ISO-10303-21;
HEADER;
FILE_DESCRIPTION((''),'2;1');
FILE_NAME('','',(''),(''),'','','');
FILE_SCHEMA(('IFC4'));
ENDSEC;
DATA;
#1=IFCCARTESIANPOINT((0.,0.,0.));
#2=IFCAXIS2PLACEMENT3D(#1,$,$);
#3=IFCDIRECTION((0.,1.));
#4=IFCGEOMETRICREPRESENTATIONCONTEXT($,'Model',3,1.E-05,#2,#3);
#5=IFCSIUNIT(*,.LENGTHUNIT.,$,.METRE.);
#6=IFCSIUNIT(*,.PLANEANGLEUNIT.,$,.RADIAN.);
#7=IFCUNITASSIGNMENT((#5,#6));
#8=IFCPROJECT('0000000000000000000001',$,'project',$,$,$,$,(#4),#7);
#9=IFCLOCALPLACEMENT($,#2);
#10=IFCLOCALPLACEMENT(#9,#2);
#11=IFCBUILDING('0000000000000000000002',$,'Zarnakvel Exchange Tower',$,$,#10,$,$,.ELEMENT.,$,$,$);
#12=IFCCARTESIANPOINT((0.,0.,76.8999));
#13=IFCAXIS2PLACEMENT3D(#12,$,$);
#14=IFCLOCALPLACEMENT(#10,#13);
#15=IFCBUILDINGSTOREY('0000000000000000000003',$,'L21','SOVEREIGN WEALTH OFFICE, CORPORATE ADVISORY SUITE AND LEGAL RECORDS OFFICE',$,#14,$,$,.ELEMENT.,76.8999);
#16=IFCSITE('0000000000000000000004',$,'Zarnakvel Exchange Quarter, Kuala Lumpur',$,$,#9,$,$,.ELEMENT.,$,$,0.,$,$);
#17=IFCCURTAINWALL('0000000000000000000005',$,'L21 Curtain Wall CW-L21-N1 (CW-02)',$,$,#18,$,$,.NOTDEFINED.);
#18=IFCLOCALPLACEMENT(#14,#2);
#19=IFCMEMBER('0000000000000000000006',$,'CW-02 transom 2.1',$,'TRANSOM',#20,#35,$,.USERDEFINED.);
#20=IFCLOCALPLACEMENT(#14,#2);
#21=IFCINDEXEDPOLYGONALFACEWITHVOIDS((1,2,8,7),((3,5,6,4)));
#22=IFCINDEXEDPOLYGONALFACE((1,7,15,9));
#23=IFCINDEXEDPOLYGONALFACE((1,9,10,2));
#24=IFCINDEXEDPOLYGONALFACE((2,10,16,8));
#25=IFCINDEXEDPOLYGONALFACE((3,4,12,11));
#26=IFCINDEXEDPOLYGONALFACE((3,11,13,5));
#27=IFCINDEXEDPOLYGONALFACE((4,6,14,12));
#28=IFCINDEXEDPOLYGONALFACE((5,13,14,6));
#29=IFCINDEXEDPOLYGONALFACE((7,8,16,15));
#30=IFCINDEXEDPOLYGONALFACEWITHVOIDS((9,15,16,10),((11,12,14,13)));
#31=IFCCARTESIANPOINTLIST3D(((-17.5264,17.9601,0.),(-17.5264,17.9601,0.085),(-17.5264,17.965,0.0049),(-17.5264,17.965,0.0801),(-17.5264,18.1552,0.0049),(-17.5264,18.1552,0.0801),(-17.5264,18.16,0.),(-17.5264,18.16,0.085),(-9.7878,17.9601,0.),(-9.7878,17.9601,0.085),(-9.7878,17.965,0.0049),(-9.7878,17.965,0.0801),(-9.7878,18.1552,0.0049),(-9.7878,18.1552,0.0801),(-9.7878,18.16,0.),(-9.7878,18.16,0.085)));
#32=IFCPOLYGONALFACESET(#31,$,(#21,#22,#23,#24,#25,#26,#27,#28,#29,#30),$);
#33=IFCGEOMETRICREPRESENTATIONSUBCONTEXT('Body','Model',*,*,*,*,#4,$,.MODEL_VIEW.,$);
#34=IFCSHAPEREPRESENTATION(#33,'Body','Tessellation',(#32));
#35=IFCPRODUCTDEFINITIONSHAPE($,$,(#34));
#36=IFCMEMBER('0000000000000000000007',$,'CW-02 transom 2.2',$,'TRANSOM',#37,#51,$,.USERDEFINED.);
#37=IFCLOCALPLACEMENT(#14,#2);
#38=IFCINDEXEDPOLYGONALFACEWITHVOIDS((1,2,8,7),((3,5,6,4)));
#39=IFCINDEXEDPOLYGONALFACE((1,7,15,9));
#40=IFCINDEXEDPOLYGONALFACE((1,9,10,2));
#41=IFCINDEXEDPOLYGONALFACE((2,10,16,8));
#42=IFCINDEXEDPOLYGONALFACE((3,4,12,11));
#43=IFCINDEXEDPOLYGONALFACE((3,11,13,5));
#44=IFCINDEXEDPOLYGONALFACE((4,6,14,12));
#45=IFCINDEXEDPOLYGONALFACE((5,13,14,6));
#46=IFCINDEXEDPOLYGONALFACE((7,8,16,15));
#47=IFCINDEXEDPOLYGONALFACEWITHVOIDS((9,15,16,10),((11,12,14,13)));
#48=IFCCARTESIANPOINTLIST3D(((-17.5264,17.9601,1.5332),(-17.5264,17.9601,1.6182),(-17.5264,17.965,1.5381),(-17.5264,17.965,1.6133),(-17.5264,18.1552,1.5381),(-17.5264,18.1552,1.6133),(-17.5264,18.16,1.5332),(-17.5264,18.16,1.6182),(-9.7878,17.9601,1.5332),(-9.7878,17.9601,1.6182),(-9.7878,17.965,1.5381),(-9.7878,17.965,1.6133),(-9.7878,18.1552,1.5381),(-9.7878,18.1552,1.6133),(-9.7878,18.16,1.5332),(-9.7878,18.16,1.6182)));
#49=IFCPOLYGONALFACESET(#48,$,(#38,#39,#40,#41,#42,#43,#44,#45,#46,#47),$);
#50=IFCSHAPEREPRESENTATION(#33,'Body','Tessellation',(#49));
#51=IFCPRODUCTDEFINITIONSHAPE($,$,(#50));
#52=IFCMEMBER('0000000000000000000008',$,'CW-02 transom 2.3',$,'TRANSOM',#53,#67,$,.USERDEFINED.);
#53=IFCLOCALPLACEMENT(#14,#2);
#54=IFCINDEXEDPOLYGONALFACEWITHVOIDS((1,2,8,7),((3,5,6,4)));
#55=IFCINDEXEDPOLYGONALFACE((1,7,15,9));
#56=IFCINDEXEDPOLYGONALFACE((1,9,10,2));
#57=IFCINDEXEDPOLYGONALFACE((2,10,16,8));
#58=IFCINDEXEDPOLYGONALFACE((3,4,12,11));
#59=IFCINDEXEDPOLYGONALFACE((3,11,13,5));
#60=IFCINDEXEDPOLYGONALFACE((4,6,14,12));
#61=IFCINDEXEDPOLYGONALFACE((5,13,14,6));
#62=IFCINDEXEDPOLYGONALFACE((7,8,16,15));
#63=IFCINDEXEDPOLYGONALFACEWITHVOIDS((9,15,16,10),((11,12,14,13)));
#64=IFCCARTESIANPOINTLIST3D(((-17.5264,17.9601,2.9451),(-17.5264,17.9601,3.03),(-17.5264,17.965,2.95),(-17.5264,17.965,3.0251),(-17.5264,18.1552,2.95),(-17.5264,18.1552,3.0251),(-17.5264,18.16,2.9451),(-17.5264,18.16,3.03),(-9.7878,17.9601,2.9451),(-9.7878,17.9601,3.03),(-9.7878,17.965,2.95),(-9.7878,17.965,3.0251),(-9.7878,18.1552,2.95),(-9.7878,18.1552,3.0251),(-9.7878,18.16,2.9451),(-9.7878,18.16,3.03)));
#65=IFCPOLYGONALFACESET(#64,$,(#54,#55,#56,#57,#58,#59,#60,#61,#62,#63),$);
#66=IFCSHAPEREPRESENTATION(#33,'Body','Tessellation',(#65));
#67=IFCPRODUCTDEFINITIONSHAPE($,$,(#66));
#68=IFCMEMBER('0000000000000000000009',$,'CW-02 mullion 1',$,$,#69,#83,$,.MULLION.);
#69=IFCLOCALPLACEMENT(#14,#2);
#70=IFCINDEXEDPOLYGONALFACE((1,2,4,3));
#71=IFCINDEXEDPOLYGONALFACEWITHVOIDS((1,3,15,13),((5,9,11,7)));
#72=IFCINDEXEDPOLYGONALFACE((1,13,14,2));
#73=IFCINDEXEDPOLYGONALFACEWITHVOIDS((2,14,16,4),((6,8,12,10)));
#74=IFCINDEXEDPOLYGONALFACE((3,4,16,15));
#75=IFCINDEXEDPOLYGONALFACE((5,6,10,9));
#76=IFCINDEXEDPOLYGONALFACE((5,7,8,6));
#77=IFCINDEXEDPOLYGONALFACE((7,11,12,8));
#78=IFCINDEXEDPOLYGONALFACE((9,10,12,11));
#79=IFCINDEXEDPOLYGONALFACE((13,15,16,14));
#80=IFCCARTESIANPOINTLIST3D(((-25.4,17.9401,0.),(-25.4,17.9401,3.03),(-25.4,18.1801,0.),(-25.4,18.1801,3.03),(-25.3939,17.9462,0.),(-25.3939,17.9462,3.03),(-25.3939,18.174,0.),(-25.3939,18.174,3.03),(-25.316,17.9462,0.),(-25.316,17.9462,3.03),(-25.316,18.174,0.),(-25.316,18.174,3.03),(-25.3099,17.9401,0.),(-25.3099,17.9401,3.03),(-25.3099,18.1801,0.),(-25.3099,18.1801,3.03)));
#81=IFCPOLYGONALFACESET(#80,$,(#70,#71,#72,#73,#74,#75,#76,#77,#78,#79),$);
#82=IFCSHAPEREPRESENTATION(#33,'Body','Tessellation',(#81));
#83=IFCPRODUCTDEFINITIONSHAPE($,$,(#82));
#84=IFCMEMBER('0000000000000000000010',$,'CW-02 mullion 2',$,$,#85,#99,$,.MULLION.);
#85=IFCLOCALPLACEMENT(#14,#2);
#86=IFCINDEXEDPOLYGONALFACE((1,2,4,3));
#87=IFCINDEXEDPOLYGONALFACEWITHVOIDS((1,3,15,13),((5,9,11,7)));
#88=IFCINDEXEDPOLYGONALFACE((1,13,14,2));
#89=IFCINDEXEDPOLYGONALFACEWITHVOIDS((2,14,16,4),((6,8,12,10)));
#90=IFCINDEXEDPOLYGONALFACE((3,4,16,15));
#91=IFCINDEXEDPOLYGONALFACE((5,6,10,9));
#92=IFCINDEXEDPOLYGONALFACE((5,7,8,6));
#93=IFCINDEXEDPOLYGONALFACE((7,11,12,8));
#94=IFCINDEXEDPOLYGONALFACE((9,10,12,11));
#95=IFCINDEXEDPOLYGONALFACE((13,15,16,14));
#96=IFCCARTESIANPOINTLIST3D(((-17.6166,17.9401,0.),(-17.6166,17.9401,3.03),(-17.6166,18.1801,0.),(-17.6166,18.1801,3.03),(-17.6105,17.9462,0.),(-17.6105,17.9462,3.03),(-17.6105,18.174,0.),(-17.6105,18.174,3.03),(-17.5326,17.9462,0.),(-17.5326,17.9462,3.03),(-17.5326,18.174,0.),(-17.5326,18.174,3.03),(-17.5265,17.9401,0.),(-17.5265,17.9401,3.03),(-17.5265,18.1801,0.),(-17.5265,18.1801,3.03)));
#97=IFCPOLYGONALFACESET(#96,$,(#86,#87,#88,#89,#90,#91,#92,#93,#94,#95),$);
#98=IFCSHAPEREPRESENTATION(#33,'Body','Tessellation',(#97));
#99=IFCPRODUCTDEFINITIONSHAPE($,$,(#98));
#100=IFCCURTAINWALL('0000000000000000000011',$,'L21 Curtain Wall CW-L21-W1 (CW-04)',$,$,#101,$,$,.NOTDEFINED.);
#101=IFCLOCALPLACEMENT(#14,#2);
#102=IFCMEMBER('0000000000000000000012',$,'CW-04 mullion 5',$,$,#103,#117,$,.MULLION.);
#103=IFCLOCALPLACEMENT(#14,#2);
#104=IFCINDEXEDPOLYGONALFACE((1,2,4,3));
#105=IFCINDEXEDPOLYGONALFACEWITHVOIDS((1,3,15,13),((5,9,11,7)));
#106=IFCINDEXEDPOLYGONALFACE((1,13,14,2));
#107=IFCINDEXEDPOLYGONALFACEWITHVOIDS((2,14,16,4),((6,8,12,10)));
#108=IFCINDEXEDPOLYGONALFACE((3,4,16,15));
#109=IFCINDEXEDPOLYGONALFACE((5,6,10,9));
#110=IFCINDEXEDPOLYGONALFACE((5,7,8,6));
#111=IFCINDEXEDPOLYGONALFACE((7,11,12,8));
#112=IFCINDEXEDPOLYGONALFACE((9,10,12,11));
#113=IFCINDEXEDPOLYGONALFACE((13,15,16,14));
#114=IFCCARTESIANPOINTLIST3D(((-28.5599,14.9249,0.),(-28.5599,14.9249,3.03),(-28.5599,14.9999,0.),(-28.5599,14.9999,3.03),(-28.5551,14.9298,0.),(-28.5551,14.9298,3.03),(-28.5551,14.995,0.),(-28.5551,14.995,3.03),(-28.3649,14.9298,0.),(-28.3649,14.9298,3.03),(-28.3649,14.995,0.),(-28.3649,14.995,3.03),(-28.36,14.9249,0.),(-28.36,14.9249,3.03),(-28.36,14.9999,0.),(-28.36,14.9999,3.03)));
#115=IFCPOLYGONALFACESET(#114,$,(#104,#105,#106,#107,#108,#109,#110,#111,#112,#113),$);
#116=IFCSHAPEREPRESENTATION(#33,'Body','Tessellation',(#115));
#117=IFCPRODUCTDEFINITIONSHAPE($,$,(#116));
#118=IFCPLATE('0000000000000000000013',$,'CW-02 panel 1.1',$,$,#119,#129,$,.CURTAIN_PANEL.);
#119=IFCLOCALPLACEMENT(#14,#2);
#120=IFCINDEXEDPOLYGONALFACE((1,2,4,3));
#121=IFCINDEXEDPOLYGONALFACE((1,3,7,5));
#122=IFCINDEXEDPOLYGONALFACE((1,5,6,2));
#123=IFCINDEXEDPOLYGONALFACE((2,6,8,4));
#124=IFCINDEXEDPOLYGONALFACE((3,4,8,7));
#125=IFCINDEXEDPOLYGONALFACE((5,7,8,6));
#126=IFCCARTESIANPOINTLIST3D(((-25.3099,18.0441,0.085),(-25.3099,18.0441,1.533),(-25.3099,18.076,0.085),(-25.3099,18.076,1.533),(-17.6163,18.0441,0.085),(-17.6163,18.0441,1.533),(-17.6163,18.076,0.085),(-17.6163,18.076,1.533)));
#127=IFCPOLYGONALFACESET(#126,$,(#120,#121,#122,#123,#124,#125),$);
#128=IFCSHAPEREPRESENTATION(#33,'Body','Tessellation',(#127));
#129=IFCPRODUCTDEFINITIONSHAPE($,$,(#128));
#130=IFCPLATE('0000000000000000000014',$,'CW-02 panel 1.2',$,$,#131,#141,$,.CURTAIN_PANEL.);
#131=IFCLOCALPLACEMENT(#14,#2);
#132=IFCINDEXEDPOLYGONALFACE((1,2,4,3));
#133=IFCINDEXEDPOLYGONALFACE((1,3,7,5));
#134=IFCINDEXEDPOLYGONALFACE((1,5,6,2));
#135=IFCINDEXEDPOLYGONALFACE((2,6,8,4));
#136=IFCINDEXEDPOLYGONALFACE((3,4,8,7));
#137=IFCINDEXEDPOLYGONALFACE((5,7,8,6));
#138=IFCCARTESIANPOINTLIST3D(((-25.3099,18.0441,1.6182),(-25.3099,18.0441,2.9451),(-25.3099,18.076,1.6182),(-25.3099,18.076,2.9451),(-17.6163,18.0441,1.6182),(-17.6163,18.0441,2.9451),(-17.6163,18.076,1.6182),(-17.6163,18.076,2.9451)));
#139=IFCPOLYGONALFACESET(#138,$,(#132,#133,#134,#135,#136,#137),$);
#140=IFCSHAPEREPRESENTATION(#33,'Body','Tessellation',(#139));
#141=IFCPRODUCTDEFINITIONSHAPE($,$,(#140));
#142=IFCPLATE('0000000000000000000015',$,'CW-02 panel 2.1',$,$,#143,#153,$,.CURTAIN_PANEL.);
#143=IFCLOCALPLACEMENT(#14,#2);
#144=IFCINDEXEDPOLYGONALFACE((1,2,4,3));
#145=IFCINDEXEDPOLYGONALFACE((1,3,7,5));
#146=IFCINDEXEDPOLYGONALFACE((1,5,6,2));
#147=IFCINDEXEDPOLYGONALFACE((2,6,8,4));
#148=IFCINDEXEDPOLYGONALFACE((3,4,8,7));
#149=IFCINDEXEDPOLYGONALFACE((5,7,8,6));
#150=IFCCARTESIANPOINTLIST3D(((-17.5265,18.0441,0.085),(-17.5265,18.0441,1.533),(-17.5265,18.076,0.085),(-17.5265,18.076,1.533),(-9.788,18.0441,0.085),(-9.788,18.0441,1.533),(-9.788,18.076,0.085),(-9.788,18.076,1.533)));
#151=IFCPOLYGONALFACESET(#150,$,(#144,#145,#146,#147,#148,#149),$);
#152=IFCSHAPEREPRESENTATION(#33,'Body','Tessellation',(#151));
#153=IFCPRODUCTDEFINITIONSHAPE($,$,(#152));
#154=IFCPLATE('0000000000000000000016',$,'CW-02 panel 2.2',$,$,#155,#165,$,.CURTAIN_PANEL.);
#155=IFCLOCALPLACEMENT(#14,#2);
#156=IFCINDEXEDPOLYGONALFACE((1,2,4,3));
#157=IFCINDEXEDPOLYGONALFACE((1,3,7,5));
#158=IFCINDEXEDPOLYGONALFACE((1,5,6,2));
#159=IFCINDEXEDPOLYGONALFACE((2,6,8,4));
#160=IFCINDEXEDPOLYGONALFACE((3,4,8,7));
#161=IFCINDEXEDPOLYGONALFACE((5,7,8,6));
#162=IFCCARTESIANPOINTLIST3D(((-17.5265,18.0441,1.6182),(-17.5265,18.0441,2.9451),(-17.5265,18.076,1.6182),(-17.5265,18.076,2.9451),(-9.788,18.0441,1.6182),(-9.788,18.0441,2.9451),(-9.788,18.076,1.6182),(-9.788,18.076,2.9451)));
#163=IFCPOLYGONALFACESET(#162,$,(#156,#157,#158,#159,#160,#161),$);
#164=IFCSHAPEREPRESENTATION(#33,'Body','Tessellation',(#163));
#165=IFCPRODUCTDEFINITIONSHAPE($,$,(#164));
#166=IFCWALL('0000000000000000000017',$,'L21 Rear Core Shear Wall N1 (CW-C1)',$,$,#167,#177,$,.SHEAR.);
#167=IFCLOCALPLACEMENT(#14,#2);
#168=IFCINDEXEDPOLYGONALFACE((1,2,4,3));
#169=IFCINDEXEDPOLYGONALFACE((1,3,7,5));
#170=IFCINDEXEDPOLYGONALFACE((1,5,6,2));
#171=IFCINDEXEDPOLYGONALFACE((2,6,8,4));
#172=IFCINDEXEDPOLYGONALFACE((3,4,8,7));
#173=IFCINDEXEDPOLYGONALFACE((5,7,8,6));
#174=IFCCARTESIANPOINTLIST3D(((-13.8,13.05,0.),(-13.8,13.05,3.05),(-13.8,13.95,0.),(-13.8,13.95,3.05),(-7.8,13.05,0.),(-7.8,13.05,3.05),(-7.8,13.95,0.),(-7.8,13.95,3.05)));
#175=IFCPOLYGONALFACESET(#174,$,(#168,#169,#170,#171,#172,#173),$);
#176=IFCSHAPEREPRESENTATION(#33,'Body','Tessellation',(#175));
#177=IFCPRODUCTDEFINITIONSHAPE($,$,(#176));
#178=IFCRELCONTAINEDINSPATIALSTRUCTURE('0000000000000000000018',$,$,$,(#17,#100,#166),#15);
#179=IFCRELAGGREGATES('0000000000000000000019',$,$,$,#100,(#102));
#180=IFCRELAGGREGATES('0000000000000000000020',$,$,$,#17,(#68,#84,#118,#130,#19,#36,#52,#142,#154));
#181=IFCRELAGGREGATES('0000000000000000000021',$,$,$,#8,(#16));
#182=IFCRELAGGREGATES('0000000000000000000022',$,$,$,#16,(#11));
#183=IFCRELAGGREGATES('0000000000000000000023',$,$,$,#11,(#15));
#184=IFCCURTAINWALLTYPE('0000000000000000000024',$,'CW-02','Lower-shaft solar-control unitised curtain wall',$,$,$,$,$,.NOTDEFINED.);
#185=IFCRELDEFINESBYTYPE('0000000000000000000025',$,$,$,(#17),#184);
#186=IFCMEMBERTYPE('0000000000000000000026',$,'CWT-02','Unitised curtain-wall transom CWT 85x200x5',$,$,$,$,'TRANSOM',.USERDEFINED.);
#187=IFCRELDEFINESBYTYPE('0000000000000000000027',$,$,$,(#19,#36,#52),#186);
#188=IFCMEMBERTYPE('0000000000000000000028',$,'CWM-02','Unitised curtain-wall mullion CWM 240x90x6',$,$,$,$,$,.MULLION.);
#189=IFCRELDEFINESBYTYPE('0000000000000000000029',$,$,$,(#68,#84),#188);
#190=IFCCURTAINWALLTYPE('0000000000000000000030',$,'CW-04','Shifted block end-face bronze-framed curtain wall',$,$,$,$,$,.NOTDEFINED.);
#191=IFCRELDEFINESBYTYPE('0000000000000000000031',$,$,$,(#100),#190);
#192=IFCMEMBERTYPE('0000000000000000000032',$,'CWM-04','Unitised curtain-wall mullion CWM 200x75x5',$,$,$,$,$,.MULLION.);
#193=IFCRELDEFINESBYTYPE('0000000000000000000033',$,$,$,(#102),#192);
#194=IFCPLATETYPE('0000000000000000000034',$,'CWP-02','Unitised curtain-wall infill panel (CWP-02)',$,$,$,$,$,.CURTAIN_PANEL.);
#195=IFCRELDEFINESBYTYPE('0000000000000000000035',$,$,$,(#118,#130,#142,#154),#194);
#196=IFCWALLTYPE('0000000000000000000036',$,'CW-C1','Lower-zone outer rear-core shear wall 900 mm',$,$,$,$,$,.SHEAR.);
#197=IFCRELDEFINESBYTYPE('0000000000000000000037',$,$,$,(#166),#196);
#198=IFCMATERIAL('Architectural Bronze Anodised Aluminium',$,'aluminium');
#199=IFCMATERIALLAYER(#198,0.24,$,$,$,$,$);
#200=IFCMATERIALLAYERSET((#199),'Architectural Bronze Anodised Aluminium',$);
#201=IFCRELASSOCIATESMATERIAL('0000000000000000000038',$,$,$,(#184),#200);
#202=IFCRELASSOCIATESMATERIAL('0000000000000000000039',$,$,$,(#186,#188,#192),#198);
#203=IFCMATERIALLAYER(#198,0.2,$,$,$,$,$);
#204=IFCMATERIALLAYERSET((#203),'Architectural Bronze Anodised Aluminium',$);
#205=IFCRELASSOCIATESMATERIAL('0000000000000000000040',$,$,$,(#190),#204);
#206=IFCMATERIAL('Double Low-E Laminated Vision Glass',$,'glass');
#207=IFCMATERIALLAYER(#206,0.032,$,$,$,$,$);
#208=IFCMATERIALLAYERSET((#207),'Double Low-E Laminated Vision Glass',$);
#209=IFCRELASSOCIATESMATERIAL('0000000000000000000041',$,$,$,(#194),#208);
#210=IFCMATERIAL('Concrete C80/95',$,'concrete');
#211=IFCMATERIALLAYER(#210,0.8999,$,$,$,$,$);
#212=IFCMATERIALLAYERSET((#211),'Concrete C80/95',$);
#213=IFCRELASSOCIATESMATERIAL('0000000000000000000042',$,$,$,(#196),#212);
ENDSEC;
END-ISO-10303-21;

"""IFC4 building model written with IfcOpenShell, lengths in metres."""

from ifc_helpers import new_model, si_unit, direction, frame, frame_2d, origin, origin_2d, place, context, subcontext, project, spatial, rectangle, hollow_rectangle, extrude, source, transform, mapped, material, layer, layer_set, material_profile, profile_set, type_object, element, aggregate, save


model = new_model("IFC4")

# Units and contexts
model_context = context("Model", 3, precision=1e-05, world=origin(), true_north=direction((0.0, 1.0)))
body_context = subcontext(model_context, "Body", "Model", "MODEL_VIEW")
ifc_project = project(units=[si_unit("LENGTHUNIT", "METRE"), si_unit("PLANEANGLEUNIT", "RADIAN")], contexts=[model_context])

# Site, building, storey
site_placement = place(None, origin())
site = spatial("IfcSite", under=ifc_project, at=site_placement, Name="Zarnakvel Exchange Quarter, Kuala Lumpur", CompositionType="ELEMENT", RefElevation=0.0)
building_placement = place(site_placement, origin())
building = spatial("IfcBuilding", under=site, at=building_placement, Name="Zarnakvel Exchange Tower", CompositionType="ELEMENT")
storey_placement = place(building_placement, frame((0.0, 0.0, 76.8999)))
storey = spatial("IfcBuildingStorey", under=building, at=storey_placement, Name="L21", Description="SOVEREIGN WEALTH OFFICE, CORPORATE ADVISORY SUITE AND LEGAL RECORDS OFFICE", CompositionType="ELEMENT", Elevation=76.8999)

# Curtain wall, members
ifc_material_1 = material(Name="Architectural Bronze Anodised Aluminium", Category="aluminium")
ifc_layer_1 = layer(ifc_material_1, 0.24)
ifc_layer_set_1 = layer_set([ifc_layer_1], Name="Architectural Bronze Anodised Aluminium")
curtain_wall_type_1 = type_object("IfcCurtainWallType", Name="CW-02", Description="Lower-shaft solar-control unitised curtain wall", PredefinedType="NOTDEFINED", material=ifc_layer_set_1)
curtain_wall_1_placement = place(storey_placement, origin())
curtain_wall_1 = element("IfcCurtainWall", 1, at=curtain_wall_1_placement, inside=storey, type_object=curtain_wall_type_1, Name="L21 Curtain Wall CW-L21-N1 (CW-02)", PredefinedType="NOTDEFINED")
ifc_material_profile_1 = material_profile(ifc_material_1, hollow_rectangle(XDim=0.2, YDim=0.085, WallThickness=0.0049, at=origin_2d()))
ifc_profile_set_1 = profile_set([ifc_material_profile_1], Name="Architectural Bronze Anodised Aluminium")
member_type_1 = type_object("IfcMemberType", Name="CWT-02", Description="Unitised curtain-wall transom CWT 85x200x5", ElementType="TRANSOM", PredefinedType="USERDEFINED", material=ifc_profile_set_1)
shared_shape_1 = source(origin(), body_context, "Body", "SweptSolid", [
    extrude(hollow_rectangle(XDim=0.2, YDim=0.085, WallThickness=0.0049, at=origin_2d()), origin(), (0.0, 0.0, 1.0), 7.7385),
])
member_1_placement = place(storey_placement, frame((-17.5264, 18.0601, 0.0425), z_axis=(1.0, 0.0, 0.0), x_axis=(0.0, 1.0, 0.0)))
member_1 = element("IfcMember", 2, at=member_1_placement, type_object=member_type_1, Name="CW-02 transom 2.1", ObjectType="TRANSOM", PredefinedType="USERDEFINED", context=body_context, shape_type="MappedRepresentation", body=[
    mapped(shared_shape_1, transform((0.0, 0.0, 0.0), x_axis=(1.0, 0.0, 0.0), y_axis=(0.0, 1.0, 0.0), z_axis=(0.0, 0.0, 1.0), scale=1.0)),
])
member_2_placement = place(storey_placement, frame((-17.5264, 18.0601, 1.5757), z_axis=(1.0, 0.0, 0.0), x_axis=(0.0, 1.0, 0.0)))
member_2 = element("IfcMember", 3, at=member_2_placement, type_object=member_type_1, Name="CW-02 transom 2.2", ObjectType="TRANSOM", PredefinedType="USERDEFINED", context=body_context, shape_type="MappedRepresentation", body=[
    mapped(shared_shape_1, transform((0.0, 0.0, 0.0), x_axis=(1.0, 0.0, 0.0), y_axis=(0.0, 1.0, 0.0), z_axis=(0.0, 0.0, 1.0), scale=1.0)),
])
member_3_placement = place(storey_placement, frame((-17.5264, 18.0601, 2.9875), z_axis=(1.0, 0.0, 0.0), x_axis=(0.0, 1.0, 0.0)))
member_3 = element("IfcMember", 4, at=member_3_placement, type_object=member_type_1, Name="CW-02 transom 2.3", ObjectType="TRANSOM", PredefinedType="USERDEFINED", context=body_context, shape_type="MappedRepresentation", body=[
    mapped(shared_shape_1, transform((0.0, 0.0, 0.0), x_axis=(1.0, 0.0, 0.0), y_axis=(0.0, 1.0, 0.0), z_axis=(0.0, 0.0, 1.0), scale=1.0)),
])
ifc_material_profile_2 = material_profile(ifc_material_1, hollow_rectangle(XDim=0.24, YDim=0.0901, WallThickness=0.0061, at=origin_2d()))
ifc_profile_set_2 = profile_set([ifc_material_profile_2], Name="Architectural Bronze Anodised Aluminium")
member_type_2 = type_object("IfcMemberType", Name="CWM-02", Description="Unitised curtain-wall mullion CWM 240x90x6", PredefinedType="MULLION", material=ifc_profile_set_2)
shared_shape_2 = source(origin(), body_context, "Body", "SweptSolid", [
    extrude(hollow_rectangle(XDim=0.24, YDim=0.0901, WallThickness=0.0061, at=origin_2d()), origin(), (0.0, 0.0, 1.0), 3.03),
])
member_4_placement = place(storey_placement, frame((-25.355, 18.0601, 0.0), z_axis=(0.0, 0.0, 1.0), x_axis=(0.0, 1.0, 0.0)))
member_4 = element("IfcMember", 5, at=member_4_placement, type_object=member_type_2, Name="CW-02 mullion 1", PredefinedType="MULLION", context=body_context, shape_type="MappedRepresentation", body=[
    mapped(shared_shape_2, transform((0.0, 0.0, 0.0), x_axis=(1.0, 0.0, 0.0), y_axis=(0.0, 1.0, 0.0), z_axis=(0.0, 0.0, 1.0), scale=1.0)),
])
member_5_placement = place(storey_placement, frame((-17.5715, 18.0601, 0.0), z_axis=(0.0, 0.0, 1.0), x_axis=(0.0, 1.0, 0.0)))
member_5 = element("IfcMember", 6, at=member_5_placement, type_object=member_type_2, Name="CW-02 mullion 2", PredefinedType="MULLION", context=body_context, shape_type="MappedRepresentation", body=[
    mapped(shared_shape_2, transform((0.0, 0.0, 0.0), x_axis=(1.0, 0.0, 0.0), y_axis=(0.0, 1.0, 0.0), z_axis=(0.0, 0.0, 1.0), scale=1.0)),
])

# Curtain wall, member
ifc_layer_2 = layer(ifc_material_1, 0.2)
ifc_layer_set_2 = layer_set([ifc_layer_2], Name="Architectural Bronze Anodised Aluminium")
curtain_wall_type_2 = type_object("IfcCurtainWallType", Name="CW-04", Description="Shifted block end-face bronze-framed curtain wall", PredefinedType="NOTDEFINED", material=ifc_layer_set_2)
curtain_wall_2_placement = place(storey_placement, origin())
curtain_wall_2 = element("IfcCurtainWall", 7, at=curtain_wall_2_placement, inside=storey, type_object=curtain_wall_type_2, Name="L21 Curtain Wall CW-L21-W1 (CW-04)", PredefinedType="NOTDEFINED")
ifc_material_profile_3 = material_profile(ifc_material_1, hollow_rectangle(XDim=0.2, YDim=0.075, WallThickness=0.0049, at=origin_2d()))
ifc_profile_set_3 = profile_set([ifc_material_profile_3], Name="Architectural Bronze Anodised Aluminium")
member_type_3 = type_object("IfcMemberType", Name="CWM-04", Description="Unitised curtain-wall mullion CWM 200x75x5", PredefinedType="MULLION", material=ifc_profile_set_3)
shared_shape_3 = source(origin(), body_context, "Body", "SweptSolid", [
    extrude(hollow_rectangle(XDim=0.2, YDim=0.075, WallThickness=0.0049, at=origin_2d()), origin(), (0.0, 0.0, 1.0), 3.03),
])
member_6_placement = place(storey_placement, frame((-28.46, 14.9624, 0.0), z_axis=(0.0, 0.0, 1.0), x_axis=(-1.0, 0.0, 0.0)))
member_6 = element("IfcMember", 8, at=member_6_placement, type_object=member_type_3, Name="CW-04 mullion 5", PredefinedType="MULLION", context=body_context, shape_type="MappedRepresentation", body=[
    mapped(shared_shape_3, transform((0.0, 0.0, 0.0), x_axis=(1.0, 0.0, 0.0), y_axis=(0.0, 1.0, 0.0), z_axis=(0.0, 0.0, 1.0), scale=1.0)),
])
aggregate(curtain_wall_2, [member_6])

# Plates
ifc_material_2 = material(Name="Double Low-E Laminated Vision Glass", Category="glass")
ifc_layer_3 = layer(ifc_material_2, 0.032)
ifc_layer_set_3 = layer_set([ifc_layer_3], Name="Double Low-E Laminated Vision Glass")
plate_type = type_object("IfcPlateType", Name="CWP-02", Description="Unitised curtain-wall infill panel (CWP-02)", PredefinedType="CURTAIN_PANEL", material=ifc_layer_set_3)
shared_shape_4 = source(origin(), body_context, "Body", "SweptSolid", [
    extrude(rectangle(XDim=7.6936, YDim=0.032, at=origin_2d()), origin(), (0.0, 0.0, 1.0), 1.448),
])
plate_1_placement = place(storey_placement, frame((-21.4631, 18.0601, 0.085), z_axis=(0.0, 0.0, 1.0), x_axis=(1.0, 0.0, 0.0)))
plate_1 = element("IfcPlate", 9, at=plate_1_placement, type_object=plate_type, Name="CW-02 panel 1.1", PredefinedType="CURTAIN_PANEL", context=body_context, shape_type="MappedRepresentation", body=[
    mapped(shared_shape_4, transform((0.0, 0.0, 0.0), x_axis=(1.0, 0.0, 0.0), y_axis=(0.0, 1.0, 0.0), z_axis=(0.0, 0.0, 1.0), scale=1.0)),
])
shared_shape_5 = source(origin(), body_context, "Body", "SweptSolid", [
    extrude(rectangle(XDim=7.6936, YDim=0.032, at=origin_2d()), origin(), (0.0, 0.0, 1.0), 1.3269),
])
plate_2_placement = place(storey_placement, frame((-21.4631, 18.0601, 1.6182), z_axis=(0.0, 0.0, 1.0), x_axis=(1.0, 0.0, 0.0)))
plate_2 = element("IfcPlate", 10, at=plate_2_placement, type_object=plate_type, Name="CW-02 panel 1.2", PredefinedType="CURTAIN_PANEL", context=body_context, shape_type="MappedRepresentation", body=[
    mapped(shared_shape_5, transform((0.0, 0.0, 0.0), x_axis=(1.0, 0.0, 0.0), y_axis=(0.0, 1.0, 0.0), z_axis=(0.0, 0.0, 1.0), scale=1.0)),
])
shared_shape_6 = source(origin(), body_context, "Body", "SweptSolid", [
    extrude(rectangle(XDim=7.7385, YDim=0.032, at=origin_2d()), origin(), (0.0, 0.0, 1.0), 1.448),
])
plate_3_placement = place(storey_placement, frame((-13.6572, 18.0601, 0.085), z_axis=(0.0, 0.0, 1.0), x_axis=(1.0, 0.0, 0.0)))
plate_3 = element("IfcPlate", 11, at=plate_3_placement, type_object=plate_type, Name="CW-02 panel 2.1", PredefinedType="CURTAIN_PANEL", context=body_context, shape_type="MappedRepresentation", body=[
    mapped(shared_shape_6, transform((0.0, 0.0, 0.0), x_axis=(1.0, 0.0, 0.0), y_axis=(0.0, 1.0, 0.0), z_axis=(0.0, 0.0, 1.0), scale=1.0)),
])
shared_shape_7 = source(origin(), body_context, "Body", "SweptSolid", [
    extrude(rectangle(XDim=7.7385, YDim=0.032, at=origin_2d()), origin(), (0.0, 0.0, 1.0), 1.3269),
])
plate_4_placement = place(storey_placement, frame((-13.6572, 18.0601, 1.6182), z_axis=(0.0, 0.0, 1.0), x_axis=(1.0, 0.0, 0.0)))
plate_4 = element("IfcPlate", 12, at=plate_4_placement, type_object=plate_type, Name="CW-02 panel 2.2", PredefinedType="CURTAIN_PANEL", context=body_context, shape_type="MappedRepresentation", body=[
    mapped(shared_shape_7, transform((0.0, 0.0, 0.0), x_axis=(1.0, 0.0, 0.0), y_axis=(0.0, 1.0, 0.0), z_axis=(0.0, 0.0, 1.0), scale=1.0)),
])
aggregate(curtain_wall_1, [member_4, member_5, plate_1, plate_2, member_1, member_2, member_3, plate_3, plate_4])

# Wall
ifc_material_3 = material(Name="Concrete C80/95", Category="concrete")
ifc_layer_4 = layer(ifc_material_3, 0.8999)
ifc_layer_set_4 = layer_set([ifc_layer_4], Name="Concrete C80/95")
wall_type_1 = type_object("IfcWallType", Name="CW-C1", Description="Lower-zone outer rear-core shear wall 900 mm", PredefinedType="SHEAR", material=ifc_layer_set_4)
wall_1_placement = place(storey_placement, frame((-13.8, 13.5, 0.0), z_axis=(0.0, 0.0, 1.0), x_axis=(1.0, 0.0, 0.0)))
element("IfcWall", 13, at=wall_1_placement, inside=storey, type_object=wall_type_1, Name="L21 Rear Core Shear Wall N1 (CW-C1)", PredefinedType="SHEAR", context=body_context, shape_type="SweptSolid", body=[
    extrude(rectangle(XDim=6.0, YDim=0.8999, at=frame_2d((3.0, 0.0))), origin(), (0.0, 0.0, 1.0), 3.05),
])

save(model, "model.ifc")
